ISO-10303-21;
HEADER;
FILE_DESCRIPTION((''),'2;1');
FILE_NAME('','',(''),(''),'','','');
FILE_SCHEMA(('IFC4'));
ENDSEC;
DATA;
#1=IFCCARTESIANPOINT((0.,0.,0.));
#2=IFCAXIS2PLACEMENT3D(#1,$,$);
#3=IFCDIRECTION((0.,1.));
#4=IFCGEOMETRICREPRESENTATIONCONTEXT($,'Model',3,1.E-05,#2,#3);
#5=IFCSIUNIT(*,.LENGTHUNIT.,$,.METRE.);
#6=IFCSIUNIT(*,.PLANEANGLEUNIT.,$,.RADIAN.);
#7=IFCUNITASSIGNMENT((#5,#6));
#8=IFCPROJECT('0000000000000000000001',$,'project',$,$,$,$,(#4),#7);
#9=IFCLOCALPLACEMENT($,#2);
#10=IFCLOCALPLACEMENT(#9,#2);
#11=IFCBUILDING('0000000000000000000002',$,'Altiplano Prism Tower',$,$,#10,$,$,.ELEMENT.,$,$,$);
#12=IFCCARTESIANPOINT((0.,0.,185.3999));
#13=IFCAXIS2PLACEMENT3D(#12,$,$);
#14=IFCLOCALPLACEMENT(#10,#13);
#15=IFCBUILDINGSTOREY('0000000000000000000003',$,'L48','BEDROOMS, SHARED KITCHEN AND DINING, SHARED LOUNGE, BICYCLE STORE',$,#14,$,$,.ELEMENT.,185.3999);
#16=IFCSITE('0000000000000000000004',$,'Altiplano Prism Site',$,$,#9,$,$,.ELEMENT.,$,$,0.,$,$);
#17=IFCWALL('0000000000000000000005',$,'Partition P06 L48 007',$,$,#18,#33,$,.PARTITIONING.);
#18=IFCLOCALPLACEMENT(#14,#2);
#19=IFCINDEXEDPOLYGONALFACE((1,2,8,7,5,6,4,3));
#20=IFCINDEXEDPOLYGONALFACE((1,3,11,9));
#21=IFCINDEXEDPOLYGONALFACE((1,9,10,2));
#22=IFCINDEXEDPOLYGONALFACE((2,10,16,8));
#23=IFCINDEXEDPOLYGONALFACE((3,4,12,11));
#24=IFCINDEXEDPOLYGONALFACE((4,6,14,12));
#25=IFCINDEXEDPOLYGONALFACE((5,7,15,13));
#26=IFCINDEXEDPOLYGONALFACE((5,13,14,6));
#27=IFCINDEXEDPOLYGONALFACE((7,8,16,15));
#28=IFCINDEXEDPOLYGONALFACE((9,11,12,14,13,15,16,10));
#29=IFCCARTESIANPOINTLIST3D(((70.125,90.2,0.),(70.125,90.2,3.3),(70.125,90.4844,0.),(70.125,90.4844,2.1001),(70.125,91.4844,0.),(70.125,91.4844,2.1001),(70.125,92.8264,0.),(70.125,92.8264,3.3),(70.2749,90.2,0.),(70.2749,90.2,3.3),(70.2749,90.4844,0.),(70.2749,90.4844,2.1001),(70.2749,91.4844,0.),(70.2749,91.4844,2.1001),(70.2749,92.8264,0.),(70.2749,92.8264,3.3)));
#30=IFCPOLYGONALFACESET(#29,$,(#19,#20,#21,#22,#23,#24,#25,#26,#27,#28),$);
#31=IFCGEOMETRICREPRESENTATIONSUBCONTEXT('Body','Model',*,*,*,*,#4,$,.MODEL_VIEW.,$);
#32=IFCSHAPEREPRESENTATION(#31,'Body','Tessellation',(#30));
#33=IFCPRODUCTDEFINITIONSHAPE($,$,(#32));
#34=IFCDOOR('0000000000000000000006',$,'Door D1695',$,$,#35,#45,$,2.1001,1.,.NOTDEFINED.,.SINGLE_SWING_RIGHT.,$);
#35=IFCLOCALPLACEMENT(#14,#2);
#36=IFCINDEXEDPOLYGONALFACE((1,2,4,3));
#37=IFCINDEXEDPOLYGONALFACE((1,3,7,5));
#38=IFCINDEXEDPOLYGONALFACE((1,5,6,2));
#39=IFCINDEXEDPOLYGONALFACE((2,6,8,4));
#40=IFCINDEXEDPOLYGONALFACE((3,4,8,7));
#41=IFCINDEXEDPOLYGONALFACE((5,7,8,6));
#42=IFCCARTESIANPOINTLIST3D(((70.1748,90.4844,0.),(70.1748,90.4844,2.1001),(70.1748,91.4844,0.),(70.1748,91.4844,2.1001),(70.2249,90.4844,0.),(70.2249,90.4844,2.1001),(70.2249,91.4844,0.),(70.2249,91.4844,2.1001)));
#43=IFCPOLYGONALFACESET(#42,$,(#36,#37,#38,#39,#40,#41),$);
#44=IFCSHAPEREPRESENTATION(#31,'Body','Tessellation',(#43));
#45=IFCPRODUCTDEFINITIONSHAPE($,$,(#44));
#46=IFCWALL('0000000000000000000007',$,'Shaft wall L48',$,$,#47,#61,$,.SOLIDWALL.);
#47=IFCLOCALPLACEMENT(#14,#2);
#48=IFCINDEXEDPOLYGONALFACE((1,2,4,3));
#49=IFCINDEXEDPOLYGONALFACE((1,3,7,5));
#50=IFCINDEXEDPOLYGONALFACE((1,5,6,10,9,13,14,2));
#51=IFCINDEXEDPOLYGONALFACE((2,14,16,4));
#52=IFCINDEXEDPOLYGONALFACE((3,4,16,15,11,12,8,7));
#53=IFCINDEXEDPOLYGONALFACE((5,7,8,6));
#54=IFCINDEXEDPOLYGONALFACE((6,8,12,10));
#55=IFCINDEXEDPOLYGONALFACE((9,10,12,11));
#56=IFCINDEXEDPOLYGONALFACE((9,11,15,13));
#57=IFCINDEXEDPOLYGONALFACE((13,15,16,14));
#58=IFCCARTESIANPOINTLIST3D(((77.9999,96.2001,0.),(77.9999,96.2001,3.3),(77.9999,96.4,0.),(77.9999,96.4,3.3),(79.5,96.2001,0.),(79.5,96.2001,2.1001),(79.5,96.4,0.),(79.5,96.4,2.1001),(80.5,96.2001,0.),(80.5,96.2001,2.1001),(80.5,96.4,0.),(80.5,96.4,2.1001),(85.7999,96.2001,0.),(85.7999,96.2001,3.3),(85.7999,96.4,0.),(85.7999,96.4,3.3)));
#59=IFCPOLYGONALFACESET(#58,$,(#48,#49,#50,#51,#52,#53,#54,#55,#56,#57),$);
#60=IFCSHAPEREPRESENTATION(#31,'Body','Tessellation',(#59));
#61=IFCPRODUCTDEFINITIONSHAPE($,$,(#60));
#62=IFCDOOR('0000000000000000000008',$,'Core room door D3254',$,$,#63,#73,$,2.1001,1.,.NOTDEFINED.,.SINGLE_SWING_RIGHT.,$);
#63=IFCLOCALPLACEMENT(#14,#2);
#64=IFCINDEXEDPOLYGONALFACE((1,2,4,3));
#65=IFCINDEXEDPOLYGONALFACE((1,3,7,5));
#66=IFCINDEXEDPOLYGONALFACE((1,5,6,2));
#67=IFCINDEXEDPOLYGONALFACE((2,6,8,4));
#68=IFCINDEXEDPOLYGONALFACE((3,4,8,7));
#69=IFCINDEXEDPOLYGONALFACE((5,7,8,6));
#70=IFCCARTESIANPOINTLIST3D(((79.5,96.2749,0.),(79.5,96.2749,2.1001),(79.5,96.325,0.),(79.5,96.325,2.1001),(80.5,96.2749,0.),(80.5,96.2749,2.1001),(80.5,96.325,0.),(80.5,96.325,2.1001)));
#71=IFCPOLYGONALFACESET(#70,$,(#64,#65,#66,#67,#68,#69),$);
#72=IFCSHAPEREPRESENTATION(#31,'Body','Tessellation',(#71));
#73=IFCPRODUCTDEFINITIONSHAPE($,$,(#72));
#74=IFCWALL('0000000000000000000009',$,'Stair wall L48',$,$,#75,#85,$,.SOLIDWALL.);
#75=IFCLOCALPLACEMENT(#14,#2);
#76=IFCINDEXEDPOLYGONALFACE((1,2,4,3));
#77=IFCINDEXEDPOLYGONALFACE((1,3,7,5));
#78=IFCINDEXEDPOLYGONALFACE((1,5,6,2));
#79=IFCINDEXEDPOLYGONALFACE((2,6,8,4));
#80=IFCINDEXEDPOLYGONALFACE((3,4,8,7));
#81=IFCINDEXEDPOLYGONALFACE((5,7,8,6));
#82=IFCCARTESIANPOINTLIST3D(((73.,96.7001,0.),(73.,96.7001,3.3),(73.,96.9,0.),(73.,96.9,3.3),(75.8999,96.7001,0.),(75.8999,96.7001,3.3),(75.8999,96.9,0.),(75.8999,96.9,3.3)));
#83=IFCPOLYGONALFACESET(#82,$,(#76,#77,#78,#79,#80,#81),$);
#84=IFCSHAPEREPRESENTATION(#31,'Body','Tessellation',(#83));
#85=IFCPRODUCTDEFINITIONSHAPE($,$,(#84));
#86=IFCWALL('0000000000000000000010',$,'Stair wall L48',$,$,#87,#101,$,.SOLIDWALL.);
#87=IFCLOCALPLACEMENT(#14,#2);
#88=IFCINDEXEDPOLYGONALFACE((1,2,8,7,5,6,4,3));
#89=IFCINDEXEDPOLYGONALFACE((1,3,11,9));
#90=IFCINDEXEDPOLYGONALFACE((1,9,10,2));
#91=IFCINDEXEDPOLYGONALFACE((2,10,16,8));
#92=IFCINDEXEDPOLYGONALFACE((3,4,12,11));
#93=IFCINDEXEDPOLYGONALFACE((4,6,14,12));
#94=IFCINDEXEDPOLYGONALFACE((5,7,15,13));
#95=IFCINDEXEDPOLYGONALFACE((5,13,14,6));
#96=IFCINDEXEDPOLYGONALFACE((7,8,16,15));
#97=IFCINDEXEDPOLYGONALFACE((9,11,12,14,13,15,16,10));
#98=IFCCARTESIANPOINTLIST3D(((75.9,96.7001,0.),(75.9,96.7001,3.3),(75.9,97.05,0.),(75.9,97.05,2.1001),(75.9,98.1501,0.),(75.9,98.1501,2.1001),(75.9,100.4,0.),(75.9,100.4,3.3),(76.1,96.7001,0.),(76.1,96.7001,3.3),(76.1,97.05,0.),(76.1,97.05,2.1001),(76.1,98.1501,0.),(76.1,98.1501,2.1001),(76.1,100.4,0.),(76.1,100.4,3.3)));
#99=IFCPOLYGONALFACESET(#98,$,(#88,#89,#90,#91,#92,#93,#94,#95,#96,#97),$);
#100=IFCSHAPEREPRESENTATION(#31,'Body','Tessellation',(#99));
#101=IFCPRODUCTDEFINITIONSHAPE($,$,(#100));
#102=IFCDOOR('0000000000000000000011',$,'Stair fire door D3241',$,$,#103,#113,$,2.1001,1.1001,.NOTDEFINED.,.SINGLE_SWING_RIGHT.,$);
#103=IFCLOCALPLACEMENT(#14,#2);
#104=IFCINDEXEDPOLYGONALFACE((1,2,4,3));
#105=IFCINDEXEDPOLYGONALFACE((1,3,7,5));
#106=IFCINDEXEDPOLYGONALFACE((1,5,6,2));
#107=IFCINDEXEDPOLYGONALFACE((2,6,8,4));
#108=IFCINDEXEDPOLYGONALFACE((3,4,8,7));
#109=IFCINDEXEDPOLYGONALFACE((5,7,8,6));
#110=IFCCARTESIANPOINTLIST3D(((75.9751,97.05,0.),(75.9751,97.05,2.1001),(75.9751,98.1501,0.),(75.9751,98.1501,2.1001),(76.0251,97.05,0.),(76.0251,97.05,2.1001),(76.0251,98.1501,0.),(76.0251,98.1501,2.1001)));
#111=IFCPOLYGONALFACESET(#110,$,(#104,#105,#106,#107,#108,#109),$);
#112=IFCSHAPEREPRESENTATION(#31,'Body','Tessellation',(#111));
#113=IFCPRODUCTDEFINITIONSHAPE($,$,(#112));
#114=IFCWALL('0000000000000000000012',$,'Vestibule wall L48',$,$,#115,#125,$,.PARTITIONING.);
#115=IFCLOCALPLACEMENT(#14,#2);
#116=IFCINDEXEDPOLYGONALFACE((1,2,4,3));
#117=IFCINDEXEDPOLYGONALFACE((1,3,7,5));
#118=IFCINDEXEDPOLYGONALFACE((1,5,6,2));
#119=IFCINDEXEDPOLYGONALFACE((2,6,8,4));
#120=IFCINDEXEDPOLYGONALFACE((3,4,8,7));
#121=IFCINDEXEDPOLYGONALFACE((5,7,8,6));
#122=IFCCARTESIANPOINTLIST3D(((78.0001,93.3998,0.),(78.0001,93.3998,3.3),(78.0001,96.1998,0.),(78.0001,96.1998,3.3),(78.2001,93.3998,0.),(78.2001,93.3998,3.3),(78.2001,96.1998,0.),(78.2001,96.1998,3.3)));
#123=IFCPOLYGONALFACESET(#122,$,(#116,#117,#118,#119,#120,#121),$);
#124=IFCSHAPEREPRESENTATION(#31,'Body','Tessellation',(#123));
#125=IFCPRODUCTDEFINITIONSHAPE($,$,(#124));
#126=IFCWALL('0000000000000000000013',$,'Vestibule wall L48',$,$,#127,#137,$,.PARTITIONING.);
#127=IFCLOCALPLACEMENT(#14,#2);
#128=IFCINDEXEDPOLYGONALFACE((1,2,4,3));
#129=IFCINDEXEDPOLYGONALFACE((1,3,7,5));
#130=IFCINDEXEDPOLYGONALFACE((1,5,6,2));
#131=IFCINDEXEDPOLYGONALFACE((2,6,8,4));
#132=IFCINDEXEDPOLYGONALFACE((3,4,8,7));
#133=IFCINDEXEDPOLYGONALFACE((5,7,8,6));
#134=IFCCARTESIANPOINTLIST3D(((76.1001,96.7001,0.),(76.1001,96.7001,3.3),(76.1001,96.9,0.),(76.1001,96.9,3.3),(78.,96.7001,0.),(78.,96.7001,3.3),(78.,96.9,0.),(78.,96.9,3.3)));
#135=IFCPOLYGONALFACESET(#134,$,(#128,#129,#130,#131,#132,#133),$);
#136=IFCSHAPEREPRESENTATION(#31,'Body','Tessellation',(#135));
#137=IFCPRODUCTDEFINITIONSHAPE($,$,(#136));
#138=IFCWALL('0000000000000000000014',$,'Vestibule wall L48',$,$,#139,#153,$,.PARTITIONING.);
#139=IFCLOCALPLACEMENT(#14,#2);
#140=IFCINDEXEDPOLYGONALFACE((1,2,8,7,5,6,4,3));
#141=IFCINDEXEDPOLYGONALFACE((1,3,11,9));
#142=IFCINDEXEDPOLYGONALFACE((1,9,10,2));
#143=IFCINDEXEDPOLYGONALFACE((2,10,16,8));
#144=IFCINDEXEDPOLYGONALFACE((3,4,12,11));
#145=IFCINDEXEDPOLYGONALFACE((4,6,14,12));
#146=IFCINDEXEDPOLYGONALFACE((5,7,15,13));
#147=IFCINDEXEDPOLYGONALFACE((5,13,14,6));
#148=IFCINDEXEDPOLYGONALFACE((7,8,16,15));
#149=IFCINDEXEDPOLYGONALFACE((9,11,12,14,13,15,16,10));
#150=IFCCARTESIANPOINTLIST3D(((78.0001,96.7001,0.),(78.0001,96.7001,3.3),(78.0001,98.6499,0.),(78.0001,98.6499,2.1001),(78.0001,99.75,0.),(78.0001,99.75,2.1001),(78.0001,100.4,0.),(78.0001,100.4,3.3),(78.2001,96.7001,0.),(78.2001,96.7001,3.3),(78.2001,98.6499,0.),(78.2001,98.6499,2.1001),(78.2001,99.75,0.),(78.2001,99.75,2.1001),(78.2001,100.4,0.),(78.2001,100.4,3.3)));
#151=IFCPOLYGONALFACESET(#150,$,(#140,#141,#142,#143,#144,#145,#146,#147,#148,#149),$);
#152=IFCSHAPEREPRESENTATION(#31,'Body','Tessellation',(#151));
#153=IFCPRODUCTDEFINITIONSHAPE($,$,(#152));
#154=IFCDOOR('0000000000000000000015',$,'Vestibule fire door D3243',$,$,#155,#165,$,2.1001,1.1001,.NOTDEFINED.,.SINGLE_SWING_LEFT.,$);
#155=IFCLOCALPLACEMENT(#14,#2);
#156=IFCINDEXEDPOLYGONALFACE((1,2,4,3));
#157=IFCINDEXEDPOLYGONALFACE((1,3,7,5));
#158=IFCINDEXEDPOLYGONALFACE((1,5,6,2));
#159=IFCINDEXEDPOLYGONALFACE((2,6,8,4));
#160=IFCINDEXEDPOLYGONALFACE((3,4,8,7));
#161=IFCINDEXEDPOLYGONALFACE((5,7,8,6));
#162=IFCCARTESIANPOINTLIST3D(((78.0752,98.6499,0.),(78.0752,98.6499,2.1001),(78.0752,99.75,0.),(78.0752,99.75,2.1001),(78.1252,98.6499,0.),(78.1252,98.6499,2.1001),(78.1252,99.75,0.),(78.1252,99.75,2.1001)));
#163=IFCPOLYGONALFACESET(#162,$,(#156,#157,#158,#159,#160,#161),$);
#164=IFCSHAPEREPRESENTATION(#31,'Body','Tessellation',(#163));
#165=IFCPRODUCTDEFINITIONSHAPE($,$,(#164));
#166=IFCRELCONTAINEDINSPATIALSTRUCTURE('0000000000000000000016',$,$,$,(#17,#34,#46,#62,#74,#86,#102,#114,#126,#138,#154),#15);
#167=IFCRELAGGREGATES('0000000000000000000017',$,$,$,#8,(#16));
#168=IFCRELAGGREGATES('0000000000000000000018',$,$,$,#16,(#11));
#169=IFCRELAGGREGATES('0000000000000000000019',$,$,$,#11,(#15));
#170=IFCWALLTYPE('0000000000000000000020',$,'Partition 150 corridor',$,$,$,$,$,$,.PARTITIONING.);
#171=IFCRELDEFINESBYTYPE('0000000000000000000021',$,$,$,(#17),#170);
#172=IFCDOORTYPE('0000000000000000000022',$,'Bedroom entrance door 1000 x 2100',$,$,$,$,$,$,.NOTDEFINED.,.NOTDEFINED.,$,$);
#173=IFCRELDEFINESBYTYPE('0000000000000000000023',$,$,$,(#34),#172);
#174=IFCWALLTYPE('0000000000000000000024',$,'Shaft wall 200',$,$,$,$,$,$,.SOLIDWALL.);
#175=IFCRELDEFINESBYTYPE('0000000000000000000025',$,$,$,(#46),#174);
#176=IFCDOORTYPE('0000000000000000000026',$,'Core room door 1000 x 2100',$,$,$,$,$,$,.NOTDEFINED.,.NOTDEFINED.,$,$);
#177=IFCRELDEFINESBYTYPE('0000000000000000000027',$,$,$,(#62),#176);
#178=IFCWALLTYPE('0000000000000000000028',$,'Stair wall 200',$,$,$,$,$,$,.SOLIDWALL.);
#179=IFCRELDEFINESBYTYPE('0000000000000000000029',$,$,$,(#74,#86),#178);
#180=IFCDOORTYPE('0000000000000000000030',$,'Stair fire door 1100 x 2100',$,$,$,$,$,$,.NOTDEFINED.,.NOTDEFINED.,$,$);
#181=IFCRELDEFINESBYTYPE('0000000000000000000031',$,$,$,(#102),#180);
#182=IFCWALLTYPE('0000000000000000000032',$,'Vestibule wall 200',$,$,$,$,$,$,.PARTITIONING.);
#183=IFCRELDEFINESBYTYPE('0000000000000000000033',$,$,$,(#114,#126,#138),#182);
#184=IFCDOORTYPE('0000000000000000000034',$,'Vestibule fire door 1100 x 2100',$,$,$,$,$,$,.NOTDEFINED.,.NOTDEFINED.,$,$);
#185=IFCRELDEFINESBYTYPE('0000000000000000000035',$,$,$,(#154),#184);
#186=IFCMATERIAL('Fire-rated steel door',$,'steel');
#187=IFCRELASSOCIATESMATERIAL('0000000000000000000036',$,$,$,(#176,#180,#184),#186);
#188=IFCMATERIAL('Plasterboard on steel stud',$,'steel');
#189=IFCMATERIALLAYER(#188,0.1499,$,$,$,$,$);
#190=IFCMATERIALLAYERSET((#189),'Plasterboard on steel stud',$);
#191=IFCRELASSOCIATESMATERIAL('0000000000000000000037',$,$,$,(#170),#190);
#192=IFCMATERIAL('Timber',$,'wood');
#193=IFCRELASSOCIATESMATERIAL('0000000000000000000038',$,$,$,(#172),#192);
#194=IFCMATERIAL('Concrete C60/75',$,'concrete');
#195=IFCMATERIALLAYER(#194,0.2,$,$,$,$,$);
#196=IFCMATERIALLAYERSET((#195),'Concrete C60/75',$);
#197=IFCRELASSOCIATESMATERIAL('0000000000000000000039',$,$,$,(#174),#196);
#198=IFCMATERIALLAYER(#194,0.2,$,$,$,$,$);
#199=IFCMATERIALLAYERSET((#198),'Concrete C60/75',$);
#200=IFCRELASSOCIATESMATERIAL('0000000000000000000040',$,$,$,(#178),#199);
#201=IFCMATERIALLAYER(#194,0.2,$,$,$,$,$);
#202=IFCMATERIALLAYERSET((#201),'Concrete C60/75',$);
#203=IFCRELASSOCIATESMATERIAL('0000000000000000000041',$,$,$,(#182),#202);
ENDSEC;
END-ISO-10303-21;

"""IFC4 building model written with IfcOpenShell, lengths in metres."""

from ifc_helpers import new_model, si_unit, direction, frame, frame_2d, origin, place, context, subcontext, project, spatial, rectangle, extrude, material, layer, layer_set, type_object, element, fill, save


model = new_model("IFC4")

# Units and contexts
model_context = context("Model", 3, precision=1e-05, world=origin(), true_north=direction((0.0, 1.0)))
body_context = subcontext(model_context, "Body", "Model", "MODEL_VIEW")
ifc_project = project(units=[si_unit("LENGTHUNIT", "METRE"), si_unit("PLANEANGLEUNIT", "RADIAN")], contexts=[model_context])

# Site, building, storey
site_placement = place(None, origin())
site = spatial("IfcSite", under=ifc_project, at=site_placement, Name="Altiplano Prism Site", CompositionType="ELEMENT", RefElevation=0.0)
building_placement = place(site_placement, origin())
building = spatial("IfcBuilding", under=site, at=building_placement, Name="Altiplano Prism Tower", CompositionType="ELEMENT")
storey_placement = place(building_placement, frame((0.0, 0.0, 185.3999)))
storey = spatial("IfcBuildingStorey", under=building, at=storey_placement, Name="L48", Description="BEDROOMS, SHARED KITCHEN AND DINING, SHARED LOUNGE, BICYCLE STORE", CompositionType="ELEMENT", Elevation=185.3999)

# Shared definitions
ifc_material_1 = material(Name="Concrete C60/75", Category="concrete")
ifc_material_2 = material(Name="Fire-rated steel door", Category="steel")
door_type_1 = type_object("IfcDoorType", Name="Core room door 1000 x 2100", OperationType="NOTDEFINED", PredefinedType="NOTDEFINED", material=ifc_material_2)

# Shared definitions
ifc_material_3 = material(Name="Plasterboard on steel stud", Category="steel")

# Walls, openings, doors
ifc_layer_1 = layer(ifc_material_3, 0.1499)
ifc_layer_set_1 = layer_set([ifc_layer_1], Name="Plasterboard on steel stud")
wall_type_1 = type_object("IfcWallType", Name="Partition 150 corridor", PredefinedType="PARTITIONING", material=ifc_layer_set_1)
wall_1_placement = place(storey_placement, frame((70.2, 92.8264, 0.0), z_axis=(0.0, 0.0, 1.0), x_axis=(0.0, -1.0, 0.0)))
wall_1 = element("IfcWall", 1, at=wall_1_placement, inside=storey, type_object=wall_type_1, Name="Partition P06 L48 007", PredefinedType="PARTITIONING", context=body_context, shape_type="SweptSolid", body=[
    extrude(rectangle(XDim=2.6265, YDim=0.1499, at=frame_2d((1.3132, 0.0))), origin(), (0.0, 0.0, 1.0), 3.3),
])
opening_1_placement = place(wall_1_placement, frame((1.342, 0.0, 0.0)))
opening_1 = element("IfcOpeningElement", 2, at=opening_1_placement, cuts=wall_1, PredefinedType="OPENING", context=body_context, shape_type="SweptSolid", body=[
    extrude(rectangle(XDim=1.0, YDim=2.1001, at=frame_2d((0.5, 1.05))), frame((0.0, 0.0854, 0.0), z_axis=(0.0, -1.0, 0.0), x_axis=(1.0, 0.0, 0.0)), (0.0, 0.0, 1.0), 0.1709),
])
ifc_material_4 = material(Name="Timber", Category="wood")
door_type_2 = type_object("IfcDoorType", Name="Bedroom entrance door 1000 x 2100", OperationType="NOTDEFINED", PredefinedType="NOTDEFINED", material=ifc_material_4)
door_1_placement = place(opening_1_placement, origin())
door_1 = element("IfcDoor", 3, at=door_1_placement, inside=storey, type_object=door_type_2, Name="Door D1695", OperationType="SINGLE_SWING_RIGHT", OverallHeight=2.1001, OverallWidth=1.0, PredefinedType="NOTDEFINED", context=body_context, shape_type="SweptSolid", body=[
    extrude(rectangle(XDim=1.0, YDim=2.1001, at=frame_2d((0.5, 1.05))), frame((0.0, 0.0249, 0.0), z_axis=(0.0, -1.0, 0.0), x_axis=(1.0, 0.0, 0.0)), (0.0, 0.0, 1.0), 0.05),
])
fill(opening_1, door_1)
ifc_layer_2 = layer(ifc_material_1, 0.2)
ifc_layer_set_2 = layer_set([ifc_layer_2], Name="Concrete C60/75")
wall_type_2 = type_object("IfcWallType", Name="Shaft wall 200", PredefinedType="SOLIDWALL", material=ifc_layer_set_2)
wall_2_placement = place(storey_placement, frame((78.0, 96.3, 0.0), z_axis=(0.0, 0.0, 1.0), x_axis=(1.0, 0.0, 0.0)))
wall_2 = element("IfcWall", 4, at=wall_2_placement, inside=storey, type_object=wall_type_2, Name="Shaft wall L48", PredefinedType="SOLIDWALL", context=body_context, shape_type="SweptSolid", body=[
    extrude(rectangle(XDim=7.8, YDim=0.2, at=frame_2d((3.8999, 0.0))), origin(), (0.0, 0.0, 1.0), 3.3),
])
opening_2_placement = place(wall_2_placement, frame((1.5, 0.0, 0.0)))
opening_2 = element("IfcOpeningElement", 5, at=opening_2_placement, cuts=wall_2, PredefinedType="OPENING", context=body_context, shape_type="SweptSolid", body=[
    extrude(rectangle(XDim=1.0, YDim=2.1001, at=frame_2d((0.5, 1.05))), frame((0.0, 0.1104, 0.0), z_axis=(0.0, -1.0, 0.0), x_axis=(1.0, 0.0, 0.0)), (0.0, 0.0, 1.0), 0.2209),
])
door_2_placement = place(opening_2_placement, origin())
door_2 = element("IfcDoor", 6, at=door_2_placement, inside=storey, type_object=door_type_1, Name="Core room door D3254", OperationType="SINGLE_SWING_RIGHT", OverallHeight=2.1001, OverallWidth=1.0, PredefinedType="NOTDEFINED", context=body_context, shape_type="SweptSolid", body=[
    extrude(rectangle(XDim=1.0, YDim=2.1001, at=frame_2d((0.5, 1.05))), frame((0.0, 0.0249, 0.0), z_axis=(0.0, -1.0, 0.0), x_axis=(1.0, 0.0, 0.0)), (0.0, 0.0, 1.0), 0.05),
])
fill(opening_2, door_2)

# Wall
ifc_layer_3 = layer(ifc_material_1, 0.2)
ifc_layer_set_3 = layer_set([ifc_layer_3], Name="Concrete C60/75")
wall_type_3 = type_object("IfcWallType", Name="Stair wall 200", PredefinedType="SOLIDWALL", material=ifc_layer_set_3)
wall_3_placement = place(storey_placement, frame((73.0, 96.8, 0.0), z_axis=(0.0, 0.0, 1.0), x_axis=(1.0, 0.0, 0.0)))
element("IfcWall", 7, at=wall_3_placement, inside=storey, type_object=wall_type_3, Name="Stair wall L48", PredefinedType="SOLIDWALL", context=body_context, shape_type="SweptSolid", body=[
    extrude(rectangle(XDim=2.8999, YDim=0.2, at=frame_2d((1.45, 0.0))), origin(), (0.0, 0.0, 1.0), 3.3),
])

# Wall, opening, door
wall_4_placement = place(storey_placement, frame((76.0, 96.7, 0.0), z_axis=(0.0, 0.0, 1.0), x_axis=(0.0, 1.0, 0.0)))
wall_4 = element("IfcWall", 8, at=wall_4_placement, inside=storey, type_object=wall_type_3, Name="Stair wall L48", PredefinedType="SOLIDWALL", context=body_context, shape_type="SweptSolid", body=[
    extrude(rectangle(XDim=3.7, YDim=0.2, at=frame_2d((1.8501, 0.0))), origin(), (0.0, 0.0, 1.0), 3.3),
])
opening_3_placement = place(wall_4_placement, frame((0.3501, 0.0, 0.0)))
opening_3 = element("IfcOpeningElement", 9, at=opening_3_placement, cuts=wall_4, PredefinedType="OPENING", context=body_context, shape_type="SweptSolid", body=[
    extrude(rectangle(XDim=1.1001, YDim=2.1001, at=frame_2d((0.55, 1.05))), frame((0.0, 0.1104, 0.0), z_axis=(0.0, -1.0, 0.0), x_axis=(1.0, 0.0, 0.0)), (0.0, 0.0, 1.0), 0.2209),
])
door_type_3 = type_object("IfcDoorType", Name="Stair fire door 1100 x 2100", OperationType="NOTDEFINED", PredefinedType="NOTDEFINED", material=ifc_material_2)
door_3_placement = place(opening_3_placement, origin())
door_3 = element("IfcDoor", 10, at=door_3_placement, inside=storey, type_object=door_type_3, Name="Stair fire door D3241", OperationType="SINGLE_SWING_RIGHT", OverallHeight=2.1001, OverallWidth=1.1001, PredefinedType="NOTDEFINED", context=body_context, shape_type="SweptSolid", body=[
    extrude(rectangle(XDim=1.1001, YDim=2.1001, at=frame_2d((0.55, 1.05))), frame((0.0, 0.0249, 0.0), z_axis=(0.0, -1.0, 0.0), x_axis=(1.0, 0.0, 0.0)), (0.0, 0.0, 1.0), 0.05),
])
fill(opening_3, door_3)

# Walls
ifc_layer_4 = layer(ifc_material_1, 0.2)
ifc_layer_set_4 = layer_set([ifc_layer_4], Name="Concrete C60/75")
wall_type_4 = type_object("IfcWallType", Name="Vestibule wall 200", PredefinedType="PARTITIONING", material=ifc_layer_set_4)
wall_5_placement = place(storey_placement, frame((78.1001, 93.3999, 0.0), z_axis=(0.0, 0.0, 1.0), x_axis=(0.0, 1.0, 0.0)))
element("IfcWall", 11, at=wall_5_placement, inside=storey, type_object=wall_type_4, Name="Vestibule wall L48", PredefinedType="PARTITIONING", context=body_context, shape_type="SweptSolid", body=[
    extrude(rectangle(XDim=2.8, YDim=0.2, at=frame_2d((1.3999, 0.0))), origin(), (0.0, 0.0, 1.0), 3.3),
])
wall_6_placement = place(storey_placement, frame((76.1001, 96.8, 0.0), z_axis=(0.0, 0.0, 1.0), x_axis=(1.0, 0.0, 0.0)))
element("IfcWall", 12, at=wall_6_placement, inside=storey, type_object=wall_type_4, Name="Vestibule wall L48", PredefinedType="PARTITIONING", context=body_context, shape_type="SweptSolid", body=[
    extrude(rectangle(XDim=1.8999, YDim=0.2, at=frame_2d((0.95, 0.0))), origin(), (0.0, 0.0, 1.0), 3.3),
])

# Wall, opening, door
wall_7_placement = place(storey_placement, frame((78.1001, 96.7, 0.0), z_axis=(0.0, 0.0, 1.0), x_axis=(0.0, 1.0, 0.0)))
wall_7 = element("IfcWall", 13, at=wall_7_placement, inside=storey, type_object=wall_type_4, Name="Vestibule wall L48", PredefinedType="PARTITIONING", context=body_context, shape_type="SweptSolid", body=[
    extrude(rectangle(XDim=3.7, YDim=0.2, at=frame_2d((1.8501, 0.0))), origin(), (0.0, 0.0, 1.0), 3.3),
])
opening_4_placement = place(wall_7_placement, frame((1.95, 0.0, 0.0)))
opening_4 = element("IfcOpeningElement", 14, at=opening_4_placement, cuts=wall_7, PredefinedType="OPENING", context=body_context, shape_type="SweptSolid", body=[
    extrude(rectangle(XDim=1.1001, YDim=2.1001, at=frame_2d((0.55, 1.05))), frame((0.0, 0.1104, 0.0), z_axis=(0.0, -1.0, 0.0), x_axis=(1.0, 0.0, 0.0)), (0.0, 0.0, 1.0), 0.2209),
])
door_type_4 = type_object("IfcDoorType", Name="Vestibule fire door 1100 x 2100", OperationType="NOTDEFINED", PredefinedType="NOTDEFINED", material=ifc_material_2)
door_4_placement = place(opening_4_placement, origin())
door_4 = element("IfcDoor", 15, at=door_4_placement, inside=storey, type_object=door_type_4, Name="Vestibule fire door D3243", OperationType="SINGLE_SWING_LEFT", OverallHeight=2.1001, OverallWidth=1.1001, PredefinedType="NOTDEFINED", context=body_context, shape_type="SweptSolid", body=[
    extrude(rectangle(XDim=1.1001, YDim=2.1001, at=frame_2d((0.55, 1.05))), frame((0.0, 0.0249, 0.0), z_axis=(0.0, -1.0, 0.0), x_axis=(1.0, 0.0, 0.0)), (0.0, 0.0, 1.0), 0.05),
])
fill(opening_4, door_4)

save(model, "model.ifc")
